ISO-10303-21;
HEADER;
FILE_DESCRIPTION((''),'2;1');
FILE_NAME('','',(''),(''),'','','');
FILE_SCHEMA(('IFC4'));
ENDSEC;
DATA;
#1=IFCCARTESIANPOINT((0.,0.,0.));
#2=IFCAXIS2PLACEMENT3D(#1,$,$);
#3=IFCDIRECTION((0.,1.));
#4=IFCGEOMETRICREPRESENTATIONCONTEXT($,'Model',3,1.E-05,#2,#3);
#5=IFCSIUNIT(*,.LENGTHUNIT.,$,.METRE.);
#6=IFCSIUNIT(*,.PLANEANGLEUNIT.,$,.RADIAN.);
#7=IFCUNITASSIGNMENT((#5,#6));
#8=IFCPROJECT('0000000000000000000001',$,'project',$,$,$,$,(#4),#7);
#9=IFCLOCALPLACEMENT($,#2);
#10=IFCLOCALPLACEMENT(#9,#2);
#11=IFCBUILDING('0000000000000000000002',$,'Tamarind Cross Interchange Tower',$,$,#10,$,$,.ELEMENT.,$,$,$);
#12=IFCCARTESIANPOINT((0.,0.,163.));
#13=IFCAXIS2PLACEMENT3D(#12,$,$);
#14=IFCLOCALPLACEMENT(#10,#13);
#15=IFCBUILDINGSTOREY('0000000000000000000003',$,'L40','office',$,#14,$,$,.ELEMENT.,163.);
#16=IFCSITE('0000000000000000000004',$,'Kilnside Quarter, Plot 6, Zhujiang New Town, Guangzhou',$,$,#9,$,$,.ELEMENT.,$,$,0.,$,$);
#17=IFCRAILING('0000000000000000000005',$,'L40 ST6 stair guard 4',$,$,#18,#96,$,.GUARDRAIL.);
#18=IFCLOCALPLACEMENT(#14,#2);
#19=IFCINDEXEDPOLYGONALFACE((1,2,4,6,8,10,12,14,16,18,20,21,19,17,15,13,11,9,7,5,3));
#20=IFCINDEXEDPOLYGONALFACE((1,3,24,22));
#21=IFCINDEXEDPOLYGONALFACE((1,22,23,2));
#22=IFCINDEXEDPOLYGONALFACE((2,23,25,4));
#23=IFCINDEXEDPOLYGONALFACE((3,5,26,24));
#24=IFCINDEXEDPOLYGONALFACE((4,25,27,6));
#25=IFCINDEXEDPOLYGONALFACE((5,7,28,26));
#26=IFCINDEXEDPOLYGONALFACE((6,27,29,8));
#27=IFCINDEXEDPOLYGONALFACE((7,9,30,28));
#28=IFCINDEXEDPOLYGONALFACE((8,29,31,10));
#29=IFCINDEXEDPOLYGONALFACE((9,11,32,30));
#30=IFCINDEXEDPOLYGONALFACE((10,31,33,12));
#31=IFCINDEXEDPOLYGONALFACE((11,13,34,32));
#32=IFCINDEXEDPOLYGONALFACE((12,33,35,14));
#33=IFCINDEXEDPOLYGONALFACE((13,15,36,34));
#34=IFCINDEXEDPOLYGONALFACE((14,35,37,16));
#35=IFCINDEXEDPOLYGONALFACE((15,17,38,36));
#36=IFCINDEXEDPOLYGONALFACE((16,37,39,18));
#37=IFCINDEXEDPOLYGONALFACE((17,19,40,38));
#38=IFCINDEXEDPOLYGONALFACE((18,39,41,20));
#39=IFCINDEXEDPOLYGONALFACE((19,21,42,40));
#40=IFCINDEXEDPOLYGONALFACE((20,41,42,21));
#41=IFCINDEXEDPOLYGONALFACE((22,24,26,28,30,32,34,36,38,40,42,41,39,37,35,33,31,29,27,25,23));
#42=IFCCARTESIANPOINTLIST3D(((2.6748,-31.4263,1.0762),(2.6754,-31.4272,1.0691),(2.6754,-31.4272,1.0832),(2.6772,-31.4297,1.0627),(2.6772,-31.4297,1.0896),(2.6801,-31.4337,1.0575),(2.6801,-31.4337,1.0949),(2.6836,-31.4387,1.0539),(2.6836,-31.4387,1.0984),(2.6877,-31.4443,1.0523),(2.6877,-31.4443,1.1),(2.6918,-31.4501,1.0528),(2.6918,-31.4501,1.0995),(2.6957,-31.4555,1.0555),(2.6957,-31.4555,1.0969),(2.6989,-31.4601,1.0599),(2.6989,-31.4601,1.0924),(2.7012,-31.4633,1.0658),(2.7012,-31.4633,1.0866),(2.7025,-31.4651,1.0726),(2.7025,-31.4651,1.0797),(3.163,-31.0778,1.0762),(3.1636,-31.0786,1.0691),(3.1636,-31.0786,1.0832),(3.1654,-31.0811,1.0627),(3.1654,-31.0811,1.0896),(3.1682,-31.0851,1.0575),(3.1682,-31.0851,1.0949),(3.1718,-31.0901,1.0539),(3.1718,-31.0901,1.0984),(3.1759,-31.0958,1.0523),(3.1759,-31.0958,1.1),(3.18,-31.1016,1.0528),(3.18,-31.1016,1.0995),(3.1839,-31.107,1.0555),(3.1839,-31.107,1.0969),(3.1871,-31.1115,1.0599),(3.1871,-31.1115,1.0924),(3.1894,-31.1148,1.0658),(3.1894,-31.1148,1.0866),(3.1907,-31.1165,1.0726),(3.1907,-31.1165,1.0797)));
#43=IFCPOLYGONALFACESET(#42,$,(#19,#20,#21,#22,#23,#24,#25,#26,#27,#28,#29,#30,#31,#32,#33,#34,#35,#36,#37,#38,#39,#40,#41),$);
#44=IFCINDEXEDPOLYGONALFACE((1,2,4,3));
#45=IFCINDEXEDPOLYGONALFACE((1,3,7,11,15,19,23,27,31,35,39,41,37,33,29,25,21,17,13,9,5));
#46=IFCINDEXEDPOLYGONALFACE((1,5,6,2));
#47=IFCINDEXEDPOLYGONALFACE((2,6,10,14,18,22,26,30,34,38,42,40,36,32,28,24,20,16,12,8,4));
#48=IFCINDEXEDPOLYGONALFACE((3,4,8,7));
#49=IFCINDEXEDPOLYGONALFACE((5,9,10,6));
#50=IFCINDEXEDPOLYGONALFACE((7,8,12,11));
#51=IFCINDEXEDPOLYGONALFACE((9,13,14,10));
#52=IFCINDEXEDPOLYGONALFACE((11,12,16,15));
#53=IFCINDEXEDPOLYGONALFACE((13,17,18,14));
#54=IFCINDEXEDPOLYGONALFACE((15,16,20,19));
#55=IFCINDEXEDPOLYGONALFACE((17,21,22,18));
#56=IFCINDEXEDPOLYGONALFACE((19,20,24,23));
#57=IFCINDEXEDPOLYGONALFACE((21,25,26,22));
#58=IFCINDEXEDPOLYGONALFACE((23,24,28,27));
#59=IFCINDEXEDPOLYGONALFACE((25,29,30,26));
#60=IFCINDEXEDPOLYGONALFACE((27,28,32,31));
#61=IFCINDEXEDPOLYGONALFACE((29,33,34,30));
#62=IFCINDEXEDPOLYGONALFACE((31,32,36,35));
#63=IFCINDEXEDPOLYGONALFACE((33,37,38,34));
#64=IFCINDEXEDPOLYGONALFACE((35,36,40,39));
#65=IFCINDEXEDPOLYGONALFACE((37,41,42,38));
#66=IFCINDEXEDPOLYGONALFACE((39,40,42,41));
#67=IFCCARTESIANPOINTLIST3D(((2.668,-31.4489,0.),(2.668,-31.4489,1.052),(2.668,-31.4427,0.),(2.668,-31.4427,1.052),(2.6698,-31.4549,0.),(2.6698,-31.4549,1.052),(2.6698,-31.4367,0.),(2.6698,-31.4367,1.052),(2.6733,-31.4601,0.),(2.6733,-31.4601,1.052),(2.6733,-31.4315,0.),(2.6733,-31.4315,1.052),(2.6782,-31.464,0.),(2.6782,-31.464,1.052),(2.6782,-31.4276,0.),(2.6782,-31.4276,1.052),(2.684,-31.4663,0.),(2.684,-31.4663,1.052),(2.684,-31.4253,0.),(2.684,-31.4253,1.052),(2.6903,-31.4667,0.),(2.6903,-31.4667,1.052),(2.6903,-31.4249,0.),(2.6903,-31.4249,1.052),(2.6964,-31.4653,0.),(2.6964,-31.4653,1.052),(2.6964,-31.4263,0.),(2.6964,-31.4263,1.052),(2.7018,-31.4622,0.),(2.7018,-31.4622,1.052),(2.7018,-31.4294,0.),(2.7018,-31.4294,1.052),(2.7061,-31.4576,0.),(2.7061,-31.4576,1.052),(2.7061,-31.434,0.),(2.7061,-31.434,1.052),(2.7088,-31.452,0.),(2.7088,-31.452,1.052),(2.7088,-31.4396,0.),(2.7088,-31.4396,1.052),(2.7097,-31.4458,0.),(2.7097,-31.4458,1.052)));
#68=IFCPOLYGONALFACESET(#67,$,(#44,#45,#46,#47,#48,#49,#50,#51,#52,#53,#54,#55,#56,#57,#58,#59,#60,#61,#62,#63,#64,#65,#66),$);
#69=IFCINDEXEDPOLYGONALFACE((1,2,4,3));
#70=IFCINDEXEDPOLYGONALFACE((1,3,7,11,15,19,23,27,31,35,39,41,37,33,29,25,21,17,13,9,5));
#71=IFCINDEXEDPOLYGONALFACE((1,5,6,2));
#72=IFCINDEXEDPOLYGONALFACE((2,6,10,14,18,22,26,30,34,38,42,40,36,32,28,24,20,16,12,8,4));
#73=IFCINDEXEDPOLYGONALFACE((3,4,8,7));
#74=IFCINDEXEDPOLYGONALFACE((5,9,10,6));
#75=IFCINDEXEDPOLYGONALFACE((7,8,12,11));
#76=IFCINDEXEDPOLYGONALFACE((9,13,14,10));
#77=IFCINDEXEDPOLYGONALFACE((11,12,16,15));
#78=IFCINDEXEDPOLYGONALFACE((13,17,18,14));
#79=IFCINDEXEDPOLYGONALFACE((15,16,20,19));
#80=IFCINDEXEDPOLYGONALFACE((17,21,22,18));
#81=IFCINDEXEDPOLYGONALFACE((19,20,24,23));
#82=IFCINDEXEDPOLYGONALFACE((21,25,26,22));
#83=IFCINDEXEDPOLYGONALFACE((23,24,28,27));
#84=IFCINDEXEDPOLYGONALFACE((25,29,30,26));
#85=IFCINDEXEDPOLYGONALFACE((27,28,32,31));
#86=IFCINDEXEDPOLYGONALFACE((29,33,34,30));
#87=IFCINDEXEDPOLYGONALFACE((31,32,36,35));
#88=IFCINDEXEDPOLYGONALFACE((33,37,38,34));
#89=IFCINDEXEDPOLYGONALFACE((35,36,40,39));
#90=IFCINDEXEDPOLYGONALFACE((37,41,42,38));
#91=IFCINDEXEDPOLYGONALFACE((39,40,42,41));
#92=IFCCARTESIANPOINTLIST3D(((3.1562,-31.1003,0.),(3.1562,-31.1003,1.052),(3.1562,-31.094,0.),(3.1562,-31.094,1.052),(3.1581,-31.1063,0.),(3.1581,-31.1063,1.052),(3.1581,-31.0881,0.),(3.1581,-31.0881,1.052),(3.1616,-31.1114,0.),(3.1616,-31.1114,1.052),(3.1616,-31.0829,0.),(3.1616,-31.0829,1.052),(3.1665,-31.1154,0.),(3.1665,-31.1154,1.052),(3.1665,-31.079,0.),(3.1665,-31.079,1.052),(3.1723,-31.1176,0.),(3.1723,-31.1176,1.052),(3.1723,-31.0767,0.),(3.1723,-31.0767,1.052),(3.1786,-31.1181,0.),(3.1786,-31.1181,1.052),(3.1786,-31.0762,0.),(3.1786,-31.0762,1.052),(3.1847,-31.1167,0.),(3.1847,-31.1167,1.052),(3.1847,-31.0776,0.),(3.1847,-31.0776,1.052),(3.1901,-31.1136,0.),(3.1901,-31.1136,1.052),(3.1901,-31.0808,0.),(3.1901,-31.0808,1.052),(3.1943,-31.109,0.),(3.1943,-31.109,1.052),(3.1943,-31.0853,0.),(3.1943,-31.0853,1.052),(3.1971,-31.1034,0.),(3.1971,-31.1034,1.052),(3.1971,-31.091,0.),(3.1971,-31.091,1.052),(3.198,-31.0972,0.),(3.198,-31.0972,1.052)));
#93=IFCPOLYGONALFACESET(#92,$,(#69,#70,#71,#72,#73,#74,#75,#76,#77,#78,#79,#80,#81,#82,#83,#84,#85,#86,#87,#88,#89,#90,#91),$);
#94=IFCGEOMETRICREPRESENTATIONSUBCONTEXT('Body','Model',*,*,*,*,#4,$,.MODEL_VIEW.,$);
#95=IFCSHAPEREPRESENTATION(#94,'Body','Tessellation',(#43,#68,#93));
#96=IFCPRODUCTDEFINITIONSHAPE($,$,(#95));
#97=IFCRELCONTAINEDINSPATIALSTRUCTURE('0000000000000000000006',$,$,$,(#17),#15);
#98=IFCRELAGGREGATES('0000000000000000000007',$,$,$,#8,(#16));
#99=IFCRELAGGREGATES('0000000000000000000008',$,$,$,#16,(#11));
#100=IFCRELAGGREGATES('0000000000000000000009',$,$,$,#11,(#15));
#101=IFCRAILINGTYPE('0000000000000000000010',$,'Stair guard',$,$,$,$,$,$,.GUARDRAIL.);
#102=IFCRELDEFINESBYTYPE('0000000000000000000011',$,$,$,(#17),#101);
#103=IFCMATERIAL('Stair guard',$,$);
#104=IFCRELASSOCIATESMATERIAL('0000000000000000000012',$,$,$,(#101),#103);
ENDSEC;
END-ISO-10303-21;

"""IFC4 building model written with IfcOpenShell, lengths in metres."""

from ifc_helpers import new_model, si_unit, direction, frame, origin, origin_2d, place, context, subcontext, project, spatial, circle, extrude, material, type_object, element, save


model = new_model("IFC4")

# Units and contexts
model_context = context("Model", 3, precision=1e-05, world=origin(), true_north=direction((0.0, 1.0)))
body_context = subcontext(model_context, "Body", "Model", "MODEL_VIEW")
ifc_project = project(units=[si_unit("LENGTHUNIT", "METRE"), si_unit("PLANEANGLEUNIT", "RADIAN")], contexts=[model_context])

# Site, building, storey
site_placement = place(None, origin())
site = spatial("IfcSite", under=ifc_project, at=site_placement, Name="Kilnside Quarter, Plot 6, Zhujiang New Town, Guangzhou", CompositionType="ELEMENT", RefElevation=0.0)
building_placement = place(site_placement, origin())
building = spatial("IfcBuilding", under=site, at=building_placement, Name="Tamarind Cross Interchange Tower", CompositionType="ELEMENT")
storey_placement = place(building_placement, frame((0.0, 0.0, 163.0)))
storey = spatial("IfcBuildingStorey", under=building, at=storey_placement, Name="L40", Description="office", CompositionType="ELEMENT", Elevation=163.0)

# Railing
ifc_material_1 = material(Name="Stair guard")
railing_type = type_object("IfcRailingType", Name="Stair guard", PredefinedType="GUARDRAIL", material=ifc_material_1)
railing_1_placement = place(storey_placement, frame((2.6887, -31.4458, 0.0)))
element("IfcRailing", 1, at=railing_1_placement, inside=storey, type_object=railing_type, Name="L40 ST6 stair guard 4", PredefinedType="GUARDRAIL", context=body_context, shape_type="SweptSolid", body=[
    extrude(circle(Radius=0.0239, at=origin_2d()), frame((0.0, 0.0, 1.0762), z_axis=(0.813843, 0.581084, 0.0), x_axis=(-0.581084, 0.813843, 0.0)), (0.0, 0.0, 1.0), 0.5999),
    extrude(circle(Radius=0.021, at=origin_2d()), origin(), (0.0, 0.0, 1.0), 1.052),
    extrude(circle(Radius=0.021, at=origin_2d()), frame((0.4883, 0.3486, 0.0)), (0.0, 0.0, 1.0), 1.052),
])

save(model, "model.ifc")
